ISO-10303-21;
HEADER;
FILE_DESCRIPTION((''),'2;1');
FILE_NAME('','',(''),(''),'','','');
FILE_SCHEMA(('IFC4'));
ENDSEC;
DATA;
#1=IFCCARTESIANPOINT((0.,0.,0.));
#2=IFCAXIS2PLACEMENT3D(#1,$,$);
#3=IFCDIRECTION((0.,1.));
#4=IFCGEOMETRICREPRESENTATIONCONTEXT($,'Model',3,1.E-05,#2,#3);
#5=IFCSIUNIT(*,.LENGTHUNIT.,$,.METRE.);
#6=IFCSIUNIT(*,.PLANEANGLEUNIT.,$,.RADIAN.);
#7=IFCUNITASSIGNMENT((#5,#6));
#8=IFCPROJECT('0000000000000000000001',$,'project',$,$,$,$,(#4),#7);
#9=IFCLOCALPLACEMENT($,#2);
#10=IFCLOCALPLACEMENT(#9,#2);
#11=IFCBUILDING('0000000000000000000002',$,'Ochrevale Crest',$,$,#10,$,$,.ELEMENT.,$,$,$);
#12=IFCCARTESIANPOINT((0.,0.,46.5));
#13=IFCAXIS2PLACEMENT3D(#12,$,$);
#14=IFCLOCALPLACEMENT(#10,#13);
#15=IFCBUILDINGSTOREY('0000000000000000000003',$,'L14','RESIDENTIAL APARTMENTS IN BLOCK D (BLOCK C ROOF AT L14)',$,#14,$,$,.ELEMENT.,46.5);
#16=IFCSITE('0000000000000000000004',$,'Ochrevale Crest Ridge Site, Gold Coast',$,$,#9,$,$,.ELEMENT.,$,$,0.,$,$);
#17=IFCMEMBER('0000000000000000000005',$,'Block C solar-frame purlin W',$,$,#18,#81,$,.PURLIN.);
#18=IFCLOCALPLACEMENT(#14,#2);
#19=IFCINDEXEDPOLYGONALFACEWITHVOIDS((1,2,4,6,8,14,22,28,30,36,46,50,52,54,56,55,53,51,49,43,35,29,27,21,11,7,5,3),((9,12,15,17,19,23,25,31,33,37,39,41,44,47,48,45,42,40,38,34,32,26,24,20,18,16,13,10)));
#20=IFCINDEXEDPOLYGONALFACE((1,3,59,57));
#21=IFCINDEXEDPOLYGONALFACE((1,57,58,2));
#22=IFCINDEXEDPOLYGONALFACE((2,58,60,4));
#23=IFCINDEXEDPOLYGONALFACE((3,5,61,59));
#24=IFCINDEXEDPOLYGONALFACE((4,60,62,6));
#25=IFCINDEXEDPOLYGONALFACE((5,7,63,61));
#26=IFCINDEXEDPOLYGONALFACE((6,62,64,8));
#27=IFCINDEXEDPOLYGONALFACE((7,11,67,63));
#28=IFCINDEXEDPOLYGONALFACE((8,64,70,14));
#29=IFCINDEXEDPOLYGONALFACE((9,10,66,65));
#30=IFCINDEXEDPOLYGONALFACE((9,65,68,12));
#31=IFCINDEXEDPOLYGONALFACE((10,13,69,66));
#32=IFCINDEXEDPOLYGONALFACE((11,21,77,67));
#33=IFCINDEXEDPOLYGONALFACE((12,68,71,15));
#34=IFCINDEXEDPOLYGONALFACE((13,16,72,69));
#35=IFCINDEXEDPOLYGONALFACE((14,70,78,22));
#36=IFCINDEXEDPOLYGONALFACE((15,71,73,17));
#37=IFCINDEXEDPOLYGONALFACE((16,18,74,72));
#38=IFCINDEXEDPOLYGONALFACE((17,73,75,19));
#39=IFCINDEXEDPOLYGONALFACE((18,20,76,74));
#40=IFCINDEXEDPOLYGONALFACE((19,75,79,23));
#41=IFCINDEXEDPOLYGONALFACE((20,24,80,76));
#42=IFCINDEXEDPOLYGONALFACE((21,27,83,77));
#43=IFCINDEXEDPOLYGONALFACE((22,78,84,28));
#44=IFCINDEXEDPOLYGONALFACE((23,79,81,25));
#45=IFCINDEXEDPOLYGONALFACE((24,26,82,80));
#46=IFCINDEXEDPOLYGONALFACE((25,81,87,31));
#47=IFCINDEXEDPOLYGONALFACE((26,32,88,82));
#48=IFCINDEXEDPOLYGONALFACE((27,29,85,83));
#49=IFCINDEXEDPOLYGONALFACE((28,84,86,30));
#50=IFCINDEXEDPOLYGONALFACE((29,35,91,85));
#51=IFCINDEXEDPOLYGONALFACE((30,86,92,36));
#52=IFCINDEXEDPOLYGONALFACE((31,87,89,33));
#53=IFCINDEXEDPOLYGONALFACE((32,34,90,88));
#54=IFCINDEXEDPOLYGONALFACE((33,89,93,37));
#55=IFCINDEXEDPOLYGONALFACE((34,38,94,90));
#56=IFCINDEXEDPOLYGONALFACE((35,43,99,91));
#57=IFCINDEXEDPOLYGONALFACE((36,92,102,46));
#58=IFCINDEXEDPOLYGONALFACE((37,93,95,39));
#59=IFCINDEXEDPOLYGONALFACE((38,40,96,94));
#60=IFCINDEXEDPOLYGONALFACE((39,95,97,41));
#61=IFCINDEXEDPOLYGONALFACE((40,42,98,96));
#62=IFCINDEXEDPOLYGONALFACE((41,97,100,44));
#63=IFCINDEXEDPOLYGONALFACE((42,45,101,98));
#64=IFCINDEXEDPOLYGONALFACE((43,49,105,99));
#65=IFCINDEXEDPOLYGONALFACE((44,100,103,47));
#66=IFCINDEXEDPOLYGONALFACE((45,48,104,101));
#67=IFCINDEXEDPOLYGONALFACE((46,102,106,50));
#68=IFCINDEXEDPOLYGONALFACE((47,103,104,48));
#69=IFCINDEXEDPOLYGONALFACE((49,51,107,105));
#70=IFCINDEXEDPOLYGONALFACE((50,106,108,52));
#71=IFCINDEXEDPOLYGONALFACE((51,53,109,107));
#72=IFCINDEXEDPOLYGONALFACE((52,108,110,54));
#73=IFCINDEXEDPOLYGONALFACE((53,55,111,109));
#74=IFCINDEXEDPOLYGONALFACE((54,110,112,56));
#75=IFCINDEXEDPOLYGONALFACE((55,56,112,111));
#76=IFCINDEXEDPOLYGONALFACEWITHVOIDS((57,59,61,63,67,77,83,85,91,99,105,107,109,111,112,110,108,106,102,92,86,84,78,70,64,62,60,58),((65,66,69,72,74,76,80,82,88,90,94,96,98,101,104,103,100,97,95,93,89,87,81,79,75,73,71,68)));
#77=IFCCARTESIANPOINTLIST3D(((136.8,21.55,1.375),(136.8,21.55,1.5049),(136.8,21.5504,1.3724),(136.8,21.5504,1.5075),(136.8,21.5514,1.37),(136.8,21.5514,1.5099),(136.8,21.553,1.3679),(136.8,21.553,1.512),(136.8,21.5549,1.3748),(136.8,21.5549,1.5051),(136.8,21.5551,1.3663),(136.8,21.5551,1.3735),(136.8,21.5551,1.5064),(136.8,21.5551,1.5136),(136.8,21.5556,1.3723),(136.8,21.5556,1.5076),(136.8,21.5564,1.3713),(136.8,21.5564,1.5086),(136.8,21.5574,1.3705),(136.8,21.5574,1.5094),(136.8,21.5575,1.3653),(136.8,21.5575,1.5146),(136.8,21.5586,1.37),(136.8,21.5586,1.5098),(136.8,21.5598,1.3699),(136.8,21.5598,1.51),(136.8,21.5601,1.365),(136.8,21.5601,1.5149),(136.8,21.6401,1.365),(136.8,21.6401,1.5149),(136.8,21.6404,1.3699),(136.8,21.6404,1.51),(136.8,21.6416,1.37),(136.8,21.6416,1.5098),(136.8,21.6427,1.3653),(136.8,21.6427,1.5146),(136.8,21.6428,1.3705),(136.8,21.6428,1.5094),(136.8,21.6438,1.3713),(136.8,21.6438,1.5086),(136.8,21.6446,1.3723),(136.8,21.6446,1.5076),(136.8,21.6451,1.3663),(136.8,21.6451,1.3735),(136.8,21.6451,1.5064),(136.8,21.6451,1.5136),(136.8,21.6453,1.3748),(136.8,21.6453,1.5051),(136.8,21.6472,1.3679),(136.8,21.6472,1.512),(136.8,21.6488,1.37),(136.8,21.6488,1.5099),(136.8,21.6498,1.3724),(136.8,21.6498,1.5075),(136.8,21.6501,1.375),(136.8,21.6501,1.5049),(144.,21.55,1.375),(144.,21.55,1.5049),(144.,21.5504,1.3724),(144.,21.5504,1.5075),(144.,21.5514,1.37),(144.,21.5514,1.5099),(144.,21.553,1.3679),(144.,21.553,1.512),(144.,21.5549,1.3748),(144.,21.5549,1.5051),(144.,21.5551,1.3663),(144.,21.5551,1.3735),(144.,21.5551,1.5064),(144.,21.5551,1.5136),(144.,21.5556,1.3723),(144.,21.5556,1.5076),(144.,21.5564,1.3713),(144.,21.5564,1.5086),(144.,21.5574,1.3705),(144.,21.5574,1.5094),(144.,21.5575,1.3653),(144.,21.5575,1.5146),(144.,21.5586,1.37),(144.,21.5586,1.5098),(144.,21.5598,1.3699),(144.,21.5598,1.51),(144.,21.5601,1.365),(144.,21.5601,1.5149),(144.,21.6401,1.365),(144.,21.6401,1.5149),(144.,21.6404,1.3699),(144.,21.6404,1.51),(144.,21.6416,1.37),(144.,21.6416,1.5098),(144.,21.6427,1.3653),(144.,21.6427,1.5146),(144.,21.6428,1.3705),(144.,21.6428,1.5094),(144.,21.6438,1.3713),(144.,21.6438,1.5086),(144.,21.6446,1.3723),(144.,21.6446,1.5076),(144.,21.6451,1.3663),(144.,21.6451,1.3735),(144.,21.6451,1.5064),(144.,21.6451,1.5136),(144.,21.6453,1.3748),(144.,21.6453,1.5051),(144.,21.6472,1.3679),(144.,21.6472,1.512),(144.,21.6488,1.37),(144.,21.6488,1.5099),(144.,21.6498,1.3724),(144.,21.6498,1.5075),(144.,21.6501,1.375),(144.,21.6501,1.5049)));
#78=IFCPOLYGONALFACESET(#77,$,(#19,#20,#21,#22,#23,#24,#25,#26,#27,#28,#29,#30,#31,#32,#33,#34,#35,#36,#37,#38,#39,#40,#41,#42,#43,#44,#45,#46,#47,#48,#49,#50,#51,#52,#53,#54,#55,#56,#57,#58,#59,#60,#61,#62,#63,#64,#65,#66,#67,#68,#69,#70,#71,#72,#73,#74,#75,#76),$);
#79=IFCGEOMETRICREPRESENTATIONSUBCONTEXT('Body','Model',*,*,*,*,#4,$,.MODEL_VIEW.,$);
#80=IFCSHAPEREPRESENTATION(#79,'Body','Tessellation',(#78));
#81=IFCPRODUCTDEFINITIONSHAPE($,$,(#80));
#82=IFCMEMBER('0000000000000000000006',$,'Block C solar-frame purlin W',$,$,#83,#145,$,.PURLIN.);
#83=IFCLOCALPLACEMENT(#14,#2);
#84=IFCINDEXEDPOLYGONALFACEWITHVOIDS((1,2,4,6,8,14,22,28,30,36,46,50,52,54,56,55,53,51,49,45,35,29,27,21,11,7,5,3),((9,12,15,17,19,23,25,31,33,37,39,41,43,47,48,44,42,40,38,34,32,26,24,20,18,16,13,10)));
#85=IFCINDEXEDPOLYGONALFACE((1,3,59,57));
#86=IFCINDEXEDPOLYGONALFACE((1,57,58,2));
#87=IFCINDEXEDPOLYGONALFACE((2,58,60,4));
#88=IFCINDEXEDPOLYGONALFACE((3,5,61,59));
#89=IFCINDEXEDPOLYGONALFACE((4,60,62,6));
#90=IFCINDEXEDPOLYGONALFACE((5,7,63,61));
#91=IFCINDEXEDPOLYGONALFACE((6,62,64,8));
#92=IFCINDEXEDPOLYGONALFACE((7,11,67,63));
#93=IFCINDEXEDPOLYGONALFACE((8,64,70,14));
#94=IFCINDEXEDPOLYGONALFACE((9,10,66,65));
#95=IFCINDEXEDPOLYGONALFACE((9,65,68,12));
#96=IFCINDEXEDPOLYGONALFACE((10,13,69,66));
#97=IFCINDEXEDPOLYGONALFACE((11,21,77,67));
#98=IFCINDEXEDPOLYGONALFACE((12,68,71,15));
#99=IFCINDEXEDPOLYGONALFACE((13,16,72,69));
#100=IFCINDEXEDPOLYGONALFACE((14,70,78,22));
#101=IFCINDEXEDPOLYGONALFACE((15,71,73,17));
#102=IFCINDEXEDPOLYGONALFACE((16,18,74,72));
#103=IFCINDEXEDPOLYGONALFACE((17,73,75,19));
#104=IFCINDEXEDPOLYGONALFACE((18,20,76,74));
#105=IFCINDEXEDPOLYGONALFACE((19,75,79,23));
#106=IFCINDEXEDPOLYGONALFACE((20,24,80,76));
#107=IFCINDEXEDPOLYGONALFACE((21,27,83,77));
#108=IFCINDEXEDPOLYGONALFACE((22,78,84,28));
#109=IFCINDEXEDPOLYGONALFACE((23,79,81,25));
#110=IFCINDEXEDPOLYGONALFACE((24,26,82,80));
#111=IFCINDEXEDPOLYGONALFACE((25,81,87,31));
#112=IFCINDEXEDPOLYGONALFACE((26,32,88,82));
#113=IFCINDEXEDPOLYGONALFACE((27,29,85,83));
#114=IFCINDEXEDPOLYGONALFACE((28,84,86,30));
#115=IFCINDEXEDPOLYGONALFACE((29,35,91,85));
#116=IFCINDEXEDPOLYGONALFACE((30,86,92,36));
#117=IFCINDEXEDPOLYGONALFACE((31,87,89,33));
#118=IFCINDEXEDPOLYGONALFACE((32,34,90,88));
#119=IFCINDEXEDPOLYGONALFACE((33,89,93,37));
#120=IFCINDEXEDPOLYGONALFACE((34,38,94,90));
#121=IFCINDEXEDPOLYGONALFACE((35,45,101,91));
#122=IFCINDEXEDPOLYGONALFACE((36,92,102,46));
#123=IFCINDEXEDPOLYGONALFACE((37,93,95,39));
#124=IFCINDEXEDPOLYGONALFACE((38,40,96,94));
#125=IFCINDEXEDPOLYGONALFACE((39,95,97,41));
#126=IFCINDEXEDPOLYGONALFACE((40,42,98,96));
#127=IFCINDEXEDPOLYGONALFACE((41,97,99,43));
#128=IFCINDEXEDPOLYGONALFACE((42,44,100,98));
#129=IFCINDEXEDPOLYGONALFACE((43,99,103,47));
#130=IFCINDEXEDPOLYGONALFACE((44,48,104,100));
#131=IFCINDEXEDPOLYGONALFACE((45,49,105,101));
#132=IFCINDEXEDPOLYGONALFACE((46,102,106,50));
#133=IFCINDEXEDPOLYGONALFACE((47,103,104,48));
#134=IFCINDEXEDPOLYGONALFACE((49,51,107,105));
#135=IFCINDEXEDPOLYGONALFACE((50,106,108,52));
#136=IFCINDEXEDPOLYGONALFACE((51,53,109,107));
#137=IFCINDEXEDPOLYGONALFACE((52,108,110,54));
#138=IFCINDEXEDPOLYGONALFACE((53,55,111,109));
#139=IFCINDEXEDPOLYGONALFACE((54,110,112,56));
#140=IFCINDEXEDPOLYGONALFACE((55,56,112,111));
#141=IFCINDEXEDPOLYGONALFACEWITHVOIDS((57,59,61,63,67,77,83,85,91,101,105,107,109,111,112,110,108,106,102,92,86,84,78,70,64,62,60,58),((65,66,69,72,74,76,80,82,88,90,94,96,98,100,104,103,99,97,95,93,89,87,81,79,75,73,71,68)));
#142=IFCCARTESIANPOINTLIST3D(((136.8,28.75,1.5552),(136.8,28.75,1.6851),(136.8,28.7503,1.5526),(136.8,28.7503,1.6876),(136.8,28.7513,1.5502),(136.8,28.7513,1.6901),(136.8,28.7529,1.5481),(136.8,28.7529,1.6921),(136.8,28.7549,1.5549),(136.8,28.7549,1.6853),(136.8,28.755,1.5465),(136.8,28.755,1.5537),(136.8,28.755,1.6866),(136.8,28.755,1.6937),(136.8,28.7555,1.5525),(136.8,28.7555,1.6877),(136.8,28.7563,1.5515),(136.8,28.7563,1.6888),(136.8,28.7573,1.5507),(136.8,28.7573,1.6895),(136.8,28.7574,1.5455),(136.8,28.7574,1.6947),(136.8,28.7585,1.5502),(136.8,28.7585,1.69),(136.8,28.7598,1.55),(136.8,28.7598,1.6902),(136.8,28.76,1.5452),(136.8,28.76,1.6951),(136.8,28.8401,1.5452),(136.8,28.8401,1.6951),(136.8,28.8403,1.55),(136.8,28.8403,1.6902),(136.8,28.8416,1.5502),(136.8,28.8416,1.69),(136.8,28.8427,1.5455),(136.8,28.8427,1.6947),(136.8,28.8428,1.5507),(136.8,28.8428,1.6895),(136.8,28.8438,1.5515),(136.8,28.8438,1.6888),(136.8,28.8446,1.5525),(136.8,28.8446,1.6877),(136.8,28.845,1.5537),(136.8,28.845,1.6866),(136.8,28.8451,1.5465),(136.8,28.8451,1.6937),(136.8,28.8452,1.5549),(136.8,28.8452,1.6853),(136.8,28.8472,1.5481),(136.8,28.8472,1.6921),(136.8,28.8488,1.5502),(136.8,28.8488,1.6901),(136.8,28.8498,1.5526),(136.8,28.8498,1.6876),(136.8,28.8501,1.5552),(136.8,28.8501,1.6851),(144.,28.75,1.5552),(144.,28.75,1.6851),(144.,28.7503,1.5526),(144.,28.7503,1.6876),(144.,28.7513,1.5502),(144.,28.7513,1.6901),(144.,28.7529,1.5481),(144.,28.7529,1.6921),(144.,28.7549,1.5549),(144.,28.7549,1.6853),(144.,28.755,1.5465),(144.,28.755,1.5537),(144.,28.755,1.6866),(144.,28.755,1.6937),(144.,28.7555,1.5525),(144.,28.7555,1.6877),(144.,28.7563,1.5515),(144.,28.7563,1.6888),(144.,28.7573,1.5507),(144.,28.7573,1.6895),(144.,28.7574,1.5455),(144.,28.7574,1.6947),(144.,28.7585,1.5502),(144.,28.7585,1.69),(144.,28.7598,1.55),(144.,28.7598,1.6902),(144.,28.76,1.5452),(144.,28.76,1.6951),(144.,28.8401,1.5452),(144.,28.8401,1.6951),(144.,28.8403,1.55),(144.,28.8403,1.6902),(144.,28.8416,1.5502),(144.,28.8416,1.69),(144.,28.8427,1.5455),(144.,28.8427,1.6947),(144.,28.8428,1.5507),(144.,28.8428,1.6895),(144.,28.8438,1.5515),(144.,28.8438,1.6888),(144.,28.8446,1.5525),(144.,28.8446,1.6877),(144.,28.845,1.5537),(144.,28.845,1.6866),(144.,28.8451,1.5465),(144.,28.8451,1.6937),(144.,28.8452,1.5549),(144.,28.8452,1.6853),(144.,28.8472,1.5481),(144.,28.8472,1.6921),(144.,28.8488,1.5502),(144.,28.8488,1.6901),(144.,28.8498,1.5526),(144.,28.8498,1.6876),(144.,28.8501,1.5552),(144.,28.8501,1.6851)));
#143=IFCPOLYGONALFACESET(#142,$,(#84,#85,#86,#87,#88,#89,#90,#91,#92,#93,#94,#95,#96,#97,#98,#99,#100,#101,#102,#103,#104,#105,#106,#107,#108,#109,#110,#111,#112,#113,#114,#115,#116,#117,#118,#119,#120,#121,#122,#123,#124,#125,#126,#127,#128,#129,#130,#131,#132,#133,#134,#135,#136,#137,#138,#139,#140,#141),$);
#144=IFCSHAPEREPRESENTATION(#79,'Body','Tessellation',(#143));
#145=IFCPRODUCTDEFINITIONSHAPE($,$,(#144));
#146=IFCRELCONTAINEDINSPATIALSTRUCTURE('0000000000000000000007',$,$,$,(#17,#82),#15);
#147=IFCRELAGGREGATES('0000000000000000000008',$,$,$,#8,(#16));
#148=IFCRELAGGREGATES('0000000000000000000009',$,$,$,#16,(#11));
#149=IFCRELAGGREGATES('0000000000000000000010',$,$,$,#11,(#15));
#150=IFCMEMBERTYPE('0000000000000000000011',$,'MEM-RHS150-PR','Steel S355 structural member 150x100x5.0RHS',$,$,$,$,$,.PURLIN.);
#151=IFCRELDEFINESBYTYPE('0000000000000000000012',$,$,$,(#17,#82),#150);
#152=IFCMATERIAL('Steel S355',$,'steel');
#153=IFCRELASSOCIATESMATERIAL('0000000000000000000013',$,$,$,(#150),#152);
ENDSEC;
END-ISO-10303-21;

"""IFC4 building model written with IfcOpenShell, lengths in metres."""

from ifc_helpers import new_model, si_unit, direction, frame, origin, origin_2d, place, context, subcontext, project, spatial, hollow_rectangle, extrude, material, material_profile, profile_set, type_object, element, save


model = new_model("IFC4")

# Units and contexts
model_context = context("Model", 3, precision=1e-05, world=origin(), true_north=direction((0.0, 1.0)))
body_context = subcontext(model_context, "Body", "Model", "MODEL_VIEW")
ifc_project = project(units=[si_unit("LENGTHUNIT", "METRE"), si_unit("PLANEANGLEUNIT", "RADIAN")], contexts=[model_context])

# Site, building, storey
site_placement = place(None, origin())
site = spatial("IfcSite", under=ifc_project, at=site_placement, Name="Ochrevale Crest Ridge Site, Gold Coast", CompositionType="ELEMENT", RefElevation=0.0)
building_placement = place(site_placement, origin())
building = spatial("IfcBuilding", under=site, at=building_placement, Name="Ochrevale Crest", CompositionType="ELEMENT")
storey_placement = place(building_placement, frame((0.0, 0.0, 46.5)))
storey = spatial("IfcBuildingStorey", under=building, at=storey_placement, Name="L14", Description="RESIDENTIAL APARTMENTS IN BLOCK D (BLOCK C ROOF AT L14)", CompositionType="ELEMENT", Elevation=46.5)

# Shared definitions
ifc_material_1 = material(Name="Steel S355", Category="steel")

# Members
ifc_material_profile_1 = material_profile(ifc_material_1, hollow_rectangle(XDim=0.1001, YDim=0.1499, WallThickness=0.0049, InnerFilletRadius=0.0049, OuterFilletRadius=0.01, at=origin_2d()), Name="150x100x5.0RHS")
ifc_profile_set_1 = profile_set([ifc_material_profile_1], Name="Steel S355")
member_type_1 = type_object("IfcMemberType", Name="MEM-RHS150-PR", Description="Steel S355 structural member 150x100x5.0RHS", PredefinedType="PURLIN", material=ifc_profile_set_1)
for number, where, z_axis, x_axis, name in (
    (1, (136.8, 21.6001, 1.4399), (1.0, 0.0, 0.0), (0.0, 1.0, 0.0), "Block C solar-frame purlin W"),
    (2, (136.8, 28.8, 1.6201), (1.0, 0.0, 0.0), (0.0, 1.0, 0.0), "Block C solar-frame purlin W"),
):
    element("IfcMember", number, at=place(storey_placement, frame(where, z_axis=z_axis, x_axis=x_axis)), inside=storey, type_object=member_type_1, Name=name, PredefinedType="PURLIN", context=body_context, shape_type="SweptSolid", body=[
        extrude(hollow_rectangle(XDim=0.1001, YDim=0.1499, WallThickness=0.0049, InnerFilletRadius=0.0049, OuterFilletRadius=0.01, at=origin_2d()), origin(), (0.0, 0.0, 1.0), 7.2),
    ])

save(model, "model.ifc")
